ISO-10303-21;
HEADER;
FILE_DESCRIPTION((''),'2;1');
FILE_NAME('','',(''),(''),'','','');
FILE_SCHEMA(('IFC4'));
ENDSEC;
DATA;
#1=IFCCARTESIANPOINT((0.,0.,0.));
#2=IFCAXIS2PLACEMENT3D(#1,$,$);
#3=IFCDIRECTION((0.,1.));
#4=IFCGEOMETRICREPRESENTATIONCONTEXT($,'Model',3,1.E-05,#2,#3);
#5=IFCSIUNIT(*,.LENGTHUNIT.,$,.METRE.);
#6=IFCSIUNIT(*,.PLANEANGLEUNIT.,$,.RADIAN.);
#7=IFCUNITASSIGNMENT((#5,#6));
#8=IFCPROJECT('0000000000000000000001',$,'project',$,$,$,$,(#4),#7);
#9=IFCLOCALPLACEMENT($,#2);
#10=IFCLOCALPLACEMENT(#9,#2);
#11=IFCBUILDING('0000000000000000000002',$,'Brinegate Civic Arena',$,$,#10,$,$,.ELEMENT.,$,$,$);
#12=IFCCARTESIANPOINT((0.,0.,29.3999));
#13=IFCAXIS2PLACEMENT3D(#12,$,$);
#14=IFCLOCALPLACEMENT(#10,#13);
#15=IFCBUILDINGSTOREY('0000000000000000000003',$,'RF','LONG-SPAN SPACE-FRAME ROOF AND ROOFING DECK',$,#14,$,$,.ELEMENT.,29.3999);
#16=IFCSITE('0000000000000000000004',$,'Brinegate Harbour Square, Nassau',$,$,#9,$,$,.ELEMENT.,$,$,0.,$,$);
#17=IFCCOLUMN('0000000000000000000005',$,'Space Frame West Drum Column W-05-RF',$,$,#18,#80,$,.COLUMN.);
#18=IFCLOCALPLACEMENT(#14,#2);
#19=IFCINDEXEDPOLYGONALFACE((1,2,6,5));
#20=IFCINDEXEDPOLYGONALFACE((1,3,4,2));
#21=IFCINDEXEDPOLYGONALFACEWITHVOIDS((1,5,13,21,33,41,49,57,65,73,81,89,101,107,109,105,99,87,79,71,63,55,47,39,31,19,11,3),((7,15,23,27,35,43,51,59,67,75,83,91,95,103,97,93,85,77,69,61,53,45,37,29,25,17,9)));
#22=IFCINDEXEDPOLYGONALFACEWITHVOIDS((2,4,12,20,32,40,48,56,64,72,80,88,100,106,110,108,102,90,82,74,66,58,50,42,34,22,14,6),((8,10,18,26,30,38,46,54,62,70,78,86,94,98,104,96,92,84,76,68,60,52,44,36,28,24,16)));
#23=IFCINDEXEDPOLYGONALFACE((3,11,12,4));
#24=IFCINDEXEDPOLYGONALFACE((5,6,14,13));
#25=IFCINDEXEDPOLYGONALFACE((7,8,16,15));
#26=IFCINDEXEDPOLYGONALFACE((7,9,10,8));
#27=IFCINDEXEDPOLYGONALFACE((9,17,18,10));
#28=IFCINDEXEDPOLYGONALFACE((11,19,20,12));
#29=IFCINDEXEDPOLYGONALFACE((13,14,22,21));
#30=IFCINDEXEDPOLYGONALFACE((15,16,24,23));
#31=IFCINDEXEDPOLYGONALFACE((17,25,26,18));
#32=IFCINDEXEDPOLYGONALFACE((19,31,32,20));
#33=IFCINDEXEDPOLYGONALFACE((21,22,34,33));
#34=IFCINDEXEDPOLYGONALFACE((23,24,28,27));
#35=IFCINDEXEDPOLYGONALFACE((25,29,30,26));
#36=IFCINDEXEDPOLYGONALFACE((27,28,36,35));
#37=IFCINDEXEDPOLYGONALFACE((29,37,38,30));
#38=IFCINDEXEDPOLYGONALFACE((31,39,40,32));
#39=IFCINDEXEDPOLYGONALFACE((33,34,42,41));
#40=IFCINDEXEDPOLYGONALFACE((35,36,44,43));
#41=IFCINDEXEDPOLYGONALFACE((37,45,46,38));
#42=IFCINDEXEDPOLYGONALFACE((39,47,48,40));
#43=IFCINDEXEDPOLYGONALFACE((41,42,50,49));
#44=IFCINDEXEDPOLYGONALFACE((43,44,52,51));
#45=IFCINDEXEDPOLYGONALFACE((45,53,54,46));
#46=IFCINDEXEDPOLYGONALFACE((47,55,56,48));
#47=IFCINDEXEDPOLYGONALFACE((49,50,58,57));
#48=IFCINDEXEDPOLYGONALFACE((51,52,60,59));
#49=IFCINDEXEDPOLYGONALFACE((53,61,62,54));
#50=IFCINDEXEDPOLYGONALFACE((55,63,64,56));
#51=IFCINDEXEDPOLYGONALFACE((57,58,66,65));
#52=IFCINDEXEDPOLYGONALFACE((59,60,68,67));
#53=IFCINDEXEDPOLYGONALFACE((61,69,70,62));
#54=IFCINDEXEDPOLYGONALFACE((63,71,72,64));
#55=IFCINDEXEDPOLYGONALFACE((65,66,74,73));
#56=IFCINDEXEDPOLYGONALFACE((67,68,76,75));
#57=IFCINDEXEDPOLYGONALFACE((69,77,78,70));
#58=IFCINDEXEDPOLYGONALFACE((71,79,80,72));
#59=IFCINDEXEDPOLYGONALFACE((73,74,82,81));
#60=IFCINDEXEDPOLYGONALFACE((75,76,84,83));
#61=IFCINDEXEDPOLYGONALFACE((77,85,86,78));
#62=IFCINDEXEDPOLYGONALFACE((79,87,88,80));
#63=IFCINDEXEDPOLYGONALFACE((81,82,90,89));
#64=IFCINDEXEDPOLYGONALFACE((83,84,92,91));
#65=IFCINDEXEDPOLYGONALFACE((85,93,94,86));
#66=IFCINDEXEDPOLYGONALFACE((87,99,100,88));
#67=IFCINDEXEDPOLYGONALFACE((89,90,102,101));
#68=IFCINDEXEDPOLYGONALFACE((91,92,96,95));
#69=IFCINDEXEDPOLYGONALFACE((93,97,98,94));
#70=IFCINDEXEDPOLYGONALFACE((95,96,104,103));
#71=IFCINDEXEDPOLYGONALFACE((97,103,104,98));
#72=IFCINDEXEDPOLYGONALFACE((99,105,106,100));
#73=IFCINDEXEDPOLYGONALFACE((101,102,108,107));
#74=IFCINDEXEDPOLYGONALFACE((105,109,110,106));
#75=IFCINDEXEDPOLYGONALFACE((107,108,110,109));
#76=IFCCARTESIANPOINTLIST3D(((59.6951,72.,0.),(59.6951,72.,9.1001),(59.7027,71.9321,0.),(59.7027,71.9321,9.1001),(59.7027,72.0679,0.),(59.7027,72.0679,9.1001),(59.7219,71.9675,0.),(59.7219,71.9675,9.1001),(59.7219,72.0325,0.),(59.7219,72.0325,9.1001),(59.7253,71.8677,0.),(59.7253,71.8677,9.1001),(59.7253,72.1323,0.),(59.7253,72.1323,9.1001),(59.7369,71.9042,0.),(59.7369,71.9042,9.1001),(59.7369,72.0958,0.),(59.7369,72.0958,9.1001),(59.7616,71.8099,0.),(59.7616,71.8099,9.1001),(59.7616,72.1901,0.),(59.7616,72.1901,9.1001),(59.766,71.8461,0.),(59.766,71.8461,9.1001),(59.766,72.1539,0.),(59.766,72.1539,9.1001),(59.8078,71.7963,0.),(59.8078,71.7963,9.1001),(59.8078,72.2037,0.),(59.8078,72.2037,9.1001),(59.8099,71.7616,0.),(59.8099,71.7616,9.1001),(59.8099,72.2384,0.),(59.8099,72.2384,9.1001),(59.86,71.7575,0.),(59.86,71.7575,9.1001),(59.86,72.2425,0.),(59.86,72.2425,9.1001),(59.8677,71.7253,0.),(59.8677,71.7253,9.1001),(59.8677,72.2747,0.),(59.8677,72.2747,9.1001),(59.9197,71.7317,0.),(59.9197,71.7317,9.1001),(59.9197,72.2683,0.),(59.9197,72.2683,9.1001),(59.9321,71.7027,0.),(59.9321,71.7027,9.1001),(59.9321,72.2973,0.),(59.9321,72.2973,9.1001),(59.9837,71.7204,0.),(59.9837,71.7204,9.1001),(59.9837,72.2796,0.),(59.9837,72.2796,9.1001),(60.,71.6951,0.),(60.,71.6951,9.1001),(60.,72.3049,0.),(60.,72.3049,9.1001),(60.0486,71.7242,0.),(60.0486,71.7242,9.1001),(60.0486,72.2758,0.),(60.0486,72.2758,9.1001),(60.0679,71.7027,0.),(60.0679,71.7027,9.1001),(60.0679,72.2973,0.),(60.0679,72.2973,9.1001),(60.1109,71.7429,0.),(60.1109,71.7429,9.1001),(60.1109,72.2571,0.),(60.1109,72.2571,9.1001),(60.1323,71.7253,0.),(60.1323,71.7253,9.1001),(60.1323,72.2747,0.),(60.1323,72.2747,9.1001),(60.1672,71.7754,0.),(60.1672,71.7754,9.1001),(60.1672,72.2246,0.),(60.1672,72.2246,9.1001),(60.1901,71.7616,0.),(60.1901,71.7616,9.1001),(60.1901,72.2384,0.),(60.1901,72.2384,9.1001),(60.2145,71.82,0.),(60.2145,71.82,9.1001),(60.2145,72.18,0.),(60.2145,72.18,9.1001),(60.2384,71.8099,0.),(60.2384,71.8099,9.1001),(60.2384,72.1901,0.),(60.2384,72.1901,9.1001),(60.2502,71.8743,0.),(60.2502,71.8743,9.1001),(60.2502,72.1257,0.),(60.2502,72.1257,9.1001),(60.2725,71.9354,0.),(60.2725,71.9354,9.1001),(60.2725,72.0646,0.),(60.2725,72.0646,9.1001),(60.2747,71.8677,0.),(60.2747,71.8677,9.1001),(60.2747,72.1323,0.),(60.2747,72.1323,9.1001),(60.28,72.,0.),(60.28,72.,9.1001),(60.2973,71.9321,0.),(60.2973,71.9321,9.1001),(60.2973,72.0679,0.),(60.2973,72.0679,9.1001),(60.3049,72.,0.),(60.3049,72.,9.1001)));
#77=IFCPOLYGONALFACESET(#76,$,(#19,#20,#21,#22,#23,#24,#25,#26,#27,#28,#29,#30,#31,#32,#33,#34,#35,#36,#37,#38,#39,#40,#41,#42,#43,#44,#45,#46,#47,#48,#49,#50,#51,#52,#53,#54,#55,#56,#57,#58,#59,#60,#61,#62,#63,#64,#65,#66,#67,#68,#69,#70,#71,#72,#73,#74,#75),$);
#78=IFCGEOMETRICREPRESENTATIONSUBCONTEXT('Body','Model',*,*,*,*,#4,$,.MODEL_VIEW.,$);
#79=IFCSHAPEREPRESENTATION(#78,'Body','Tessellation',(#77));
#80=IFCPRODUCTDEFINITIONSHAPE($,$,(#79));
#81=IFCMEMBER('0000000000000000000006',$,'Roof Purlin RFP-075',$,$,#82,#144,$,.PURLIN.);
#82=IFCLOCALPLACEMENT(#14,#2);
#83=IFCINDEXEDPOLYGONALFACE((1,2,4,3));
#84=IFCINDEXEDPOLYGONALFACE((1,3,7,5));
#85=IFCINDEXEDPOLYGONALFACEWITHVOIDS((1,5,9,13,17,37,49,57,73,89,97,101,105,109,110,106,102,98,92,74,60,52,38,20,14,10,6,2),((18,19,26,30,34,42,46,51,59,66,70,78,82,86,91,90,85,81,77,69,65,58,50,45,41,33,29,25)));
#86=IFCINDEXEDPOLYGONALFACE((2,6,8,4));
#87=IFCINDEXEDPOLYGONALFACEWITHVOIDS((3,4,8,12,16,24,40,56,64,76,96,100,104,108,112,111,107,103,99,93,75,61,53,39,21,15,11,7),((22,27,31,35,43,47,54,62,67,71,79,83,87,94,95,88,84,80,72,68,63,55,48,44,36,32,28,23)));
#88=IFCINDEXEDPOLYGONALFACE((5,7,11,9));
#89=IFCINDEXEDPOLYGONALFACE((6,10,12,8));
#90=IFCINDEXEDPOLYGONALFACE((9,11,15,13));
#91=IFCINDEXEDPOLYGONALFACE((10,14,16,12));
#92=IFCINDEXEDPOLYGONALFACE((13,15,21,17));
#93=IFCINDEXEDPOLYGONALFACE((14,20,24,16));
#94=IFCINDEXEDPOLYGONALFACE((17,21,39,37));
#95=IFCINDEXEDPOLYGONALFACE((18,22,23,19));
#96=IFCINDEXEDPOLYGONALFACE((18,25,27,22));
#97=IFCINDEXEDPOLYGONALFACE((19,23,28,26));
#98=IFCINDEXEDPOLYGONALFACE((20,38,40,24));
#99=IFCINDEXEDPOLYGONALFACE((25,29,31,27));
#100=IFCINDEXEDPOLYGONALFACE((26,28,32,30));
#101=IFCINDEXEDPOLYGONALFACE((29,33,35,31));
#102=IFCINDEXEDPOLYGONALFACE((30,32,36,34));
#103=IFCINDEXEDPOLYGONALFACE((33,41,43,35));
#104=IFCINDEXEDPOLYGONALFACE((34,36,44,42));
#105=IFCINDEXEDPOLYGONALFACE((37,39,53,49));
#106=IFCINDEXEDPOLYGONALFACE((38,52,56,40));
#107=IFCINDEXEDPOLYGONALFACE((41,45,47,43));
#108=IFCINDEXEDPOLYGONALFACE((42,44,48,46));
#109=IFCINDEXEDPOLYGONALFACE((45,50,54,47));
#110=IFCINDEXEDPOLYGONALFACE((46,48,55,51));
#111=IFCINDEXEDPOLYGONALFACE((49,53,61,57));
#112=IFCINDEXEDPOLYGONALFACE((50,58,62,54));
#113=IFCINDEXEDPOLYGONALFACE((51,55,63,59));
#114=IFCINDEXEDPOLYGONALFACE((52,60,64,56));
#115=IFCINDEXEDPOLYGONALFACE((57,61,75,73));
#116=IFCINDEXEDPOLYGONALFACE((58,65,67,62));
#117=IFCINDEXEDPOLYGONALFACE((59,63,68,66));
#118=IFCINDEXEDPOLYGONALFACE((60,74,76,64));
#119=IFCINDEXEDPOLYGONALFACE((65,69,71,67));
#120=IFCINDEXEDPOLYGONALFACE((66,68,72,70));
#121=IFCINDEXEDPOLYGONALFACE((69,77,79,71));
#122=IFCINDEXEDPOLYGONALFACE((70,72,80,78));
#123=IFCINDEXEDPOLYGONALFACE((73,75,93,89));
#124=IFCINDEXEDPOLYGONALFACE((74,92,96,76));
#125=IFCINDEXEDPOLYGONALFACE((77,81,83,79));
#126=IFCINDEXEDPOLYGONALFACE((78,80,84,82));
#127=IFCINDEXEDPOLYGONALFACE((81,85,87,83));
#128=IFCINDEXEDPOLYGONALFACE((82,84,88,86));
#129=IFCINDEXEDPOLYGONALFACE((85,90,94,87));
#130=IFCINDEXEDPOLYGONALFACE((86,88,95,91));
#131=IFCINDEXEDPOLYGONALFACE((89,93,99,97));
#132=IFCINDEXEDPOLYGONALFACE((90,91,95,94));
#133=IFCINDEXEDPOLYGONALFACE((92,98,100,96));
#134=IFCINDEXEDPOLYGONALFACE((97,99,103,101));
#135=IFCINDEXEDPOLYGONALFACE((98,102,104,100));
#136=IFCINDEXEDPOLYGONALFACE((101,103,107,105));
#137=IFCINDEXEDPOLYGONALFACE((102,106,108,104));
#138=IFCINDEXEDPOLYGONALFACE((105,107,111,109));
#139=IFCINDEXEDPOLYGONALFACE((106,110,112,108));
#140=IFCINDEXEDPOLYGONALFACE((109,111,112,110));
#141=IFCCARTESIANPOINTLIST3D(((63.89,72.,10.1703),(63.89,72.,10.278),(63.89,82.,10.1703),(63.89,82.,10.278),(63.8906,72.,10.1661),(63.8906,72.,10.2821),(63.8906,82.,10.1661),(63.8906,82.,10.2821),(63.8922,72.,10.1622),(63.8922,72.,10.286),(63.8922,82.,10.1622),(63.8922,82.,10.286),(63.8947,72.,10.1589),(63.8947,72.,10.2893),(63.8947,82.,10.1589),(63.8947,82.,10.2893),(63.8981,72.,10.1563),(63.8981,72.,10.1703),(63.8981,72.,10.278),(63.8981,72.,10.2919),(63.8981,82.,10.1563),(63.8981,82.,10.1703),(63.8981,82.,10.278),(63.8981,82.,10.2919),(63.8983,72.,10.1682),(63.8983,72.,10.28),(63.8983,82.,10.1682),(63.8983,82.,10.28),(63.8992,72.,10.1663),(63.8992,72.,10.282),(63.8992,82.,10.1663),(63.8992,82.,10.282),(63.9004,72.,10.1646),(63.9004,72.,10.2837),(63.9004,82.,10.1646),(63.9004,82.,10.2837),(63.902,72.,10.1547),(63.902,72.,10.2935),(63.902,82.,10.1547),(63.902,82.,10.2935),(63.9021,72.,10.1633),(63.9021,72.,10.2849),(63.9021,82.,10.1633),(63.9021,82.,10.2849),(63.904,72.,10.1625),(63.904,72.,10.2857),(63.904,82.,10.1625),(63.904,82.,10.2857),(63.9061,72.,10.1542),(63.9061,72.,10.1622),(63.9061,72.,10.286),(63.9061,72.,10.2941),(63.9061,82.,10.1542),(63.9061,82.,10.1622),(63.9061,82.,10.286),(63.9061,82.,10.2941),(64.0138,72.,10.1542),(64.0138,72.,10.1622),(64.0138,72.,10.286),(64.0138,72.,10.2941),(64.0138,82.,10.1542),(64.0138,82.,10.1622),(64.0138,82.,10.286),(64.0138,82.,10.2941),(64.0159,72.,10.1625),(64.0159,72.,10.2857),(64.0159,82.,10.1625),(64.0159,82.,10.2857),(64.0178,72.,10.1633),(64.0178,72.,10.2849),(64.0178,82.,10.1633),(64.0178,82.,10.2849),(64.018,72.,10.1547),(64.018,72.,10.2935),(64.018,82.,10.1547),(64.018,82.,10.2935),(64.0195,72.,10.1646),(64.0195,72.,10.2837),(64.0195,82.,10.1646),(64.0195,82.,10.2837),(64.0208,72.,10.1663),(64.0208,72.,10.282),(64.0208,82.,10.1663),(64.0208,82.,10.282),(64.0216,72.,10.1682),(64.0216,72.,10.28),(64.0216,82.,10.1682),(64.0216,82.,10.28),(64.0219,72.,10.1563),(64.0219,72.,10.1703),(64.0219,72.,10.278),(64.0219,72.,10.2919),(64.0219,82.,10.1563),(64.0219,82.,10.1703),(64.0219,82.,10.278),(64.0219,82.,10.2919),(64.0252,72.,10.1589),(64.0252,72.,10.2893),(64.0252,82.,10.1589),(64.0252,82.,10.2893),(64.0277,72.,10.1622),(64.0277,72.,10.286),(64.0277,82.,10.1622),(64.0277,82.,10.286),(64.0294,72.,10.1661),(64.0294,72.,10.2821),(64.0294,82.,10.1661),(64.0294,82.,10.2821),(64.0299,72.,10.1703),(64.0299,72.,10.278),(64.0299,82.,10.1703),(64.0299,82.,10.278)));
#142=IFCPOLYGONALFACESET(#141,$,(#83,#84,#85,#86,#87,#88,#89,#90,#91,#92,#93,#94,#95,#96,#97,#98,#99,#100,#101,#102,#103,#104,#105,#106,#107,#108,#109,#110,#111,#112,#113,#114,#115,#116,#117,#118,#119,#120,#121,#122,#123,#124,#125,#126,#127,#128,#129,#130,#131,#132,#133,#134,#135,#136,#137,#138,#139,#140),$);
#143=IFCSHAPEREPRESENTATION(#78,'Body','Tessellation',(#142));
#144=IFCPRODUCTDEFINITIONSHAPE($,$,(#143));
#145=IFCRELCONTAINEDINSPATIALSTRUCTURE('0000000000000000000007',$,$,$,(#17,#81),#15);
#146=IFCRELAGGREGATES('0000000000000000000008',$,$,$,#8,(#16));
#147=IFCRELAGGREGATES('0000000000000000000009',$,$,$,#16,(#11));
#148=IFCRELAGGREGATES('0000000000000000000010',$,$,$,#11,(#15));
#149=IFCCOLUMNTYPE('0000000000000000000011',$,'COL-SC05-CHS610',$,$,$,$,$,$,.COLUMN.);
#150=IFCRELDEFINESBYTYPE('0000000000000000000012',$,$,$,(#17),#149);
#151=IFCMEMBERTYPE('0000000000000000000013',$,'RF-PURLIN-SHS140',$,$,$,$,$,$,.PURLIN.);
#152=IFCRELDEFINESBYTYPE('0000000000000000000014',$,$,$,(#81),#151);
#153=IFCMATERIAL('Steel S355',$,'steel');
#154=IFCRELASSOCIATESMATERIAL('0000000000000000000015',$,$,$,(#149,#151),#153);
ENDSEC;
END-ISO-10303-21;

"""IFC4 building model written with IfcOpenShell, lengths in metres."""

from ifc_helpers import new_model, si_unit, direction, frame, origin, origin_2d, place, context, subcontext, project, spatial, hollow_rectangle, hollow_circle, extrude, material, material_profile, profile_set, type_object, element, save


model = new_model("IFC4")

# Units and contexts
model_context = context("Model", 3, precision=1e-05, world=origin(), true_north=direction((0.0, 1.0)))
body_context = subcontext(model_context, "Body", "Model", "MODEL_VIEW")
ifc_project = project(units=[si_unit("LENGTHUNIT", "METRE"), si_unit("PLANEANGLEUNIT", "RADIAN")], contexts=[model_context])

# Site, building, storey
site_placement = place(None, origin())
site = spatial("IfcSite", under=ifc_project, at=site_placement, Name="Brinegate Harbour Square, Nassau", CompositionType="ELEMENT", RefElevation=0.0)
building_placement = place(site_placement, origin())
building = spatial("IfcBuilding", under=site, at=building_placement, Name="Brinegate Civic Arena", CompositionType="ELEMENT")
storey_placement = place(building_placement, frame((0.0, 0.0, 29.3999)))
storey = spatial("IfcBuildingStorey", under=building, at=storey_placement, Name="RF", Description="LONG-SPAN SPACE-FRAME ROOF AND ROOFING DECK", CompositionType="ELEMENT", Elevation=29.3999)

# Column
ifc_material_1 = material(Name="Steel S355", Category="steel")
ifc_material_profile_1 = material_profile(ifc_material_1, hollow_circle(Radius=0.3049, WallThickness=0.0249, at=origin_2d()), Name="CHS610X25")
ifc_profile_set_1 = profile_set([ifc_material_profile_1], Name="Steel S355")
column_type = type_object("IfcColumnType", Name="COL-SC05-CHS610", PredefinedType="COLUMN", material=ifc_profile_set_1)
column_placement = place(storey_placement, frame((60.0, 72.0, 0.0), z_axis=(0.0, 0.0, 1.0), x_axis=(1.0, 0.0, 0.0)))
element("IfcColumn", 1, at=column_placement, inside=storey, type_object=column_type, Name="Space Frame West Drum Column W-05-RF", PredefinedType="COLUMN", context=body_context, shape_type="SweptSolid", body=[
    extrude(hollow_circle(Radius=0.3049, WallThickness=0.0249, at=origin_2d()), origin(), (0.0, 0.0, 1.0), 9.1001),
])

# Member
ifc_material_profile_2 = material_profile(ifc_material_1, hollow_rectangle(XDim=0.1399, YDim=0.1399, WallThickness=0.0081, InnerFilletRadius=0.0081, OuterFilletRadius=0.0161, at=origin_2d()), Name="SHS140X8")
ifc_profile_set_2 = profile_set([ifc_material_profile_2], Name="Steel S355")
member_type_1 = type_object("IfcMemberType", Name="RF-PURLIN-SHS140", PredefinedType="PURLIN", material=ifc_profile_set_2)
for number, where, z_axis, x_axis, name in (
    (2, (63.96, 72.0, 10.2241), (0.0, 1.0, 0.0), (-1.0, 0.0, 0.0), "Roof Purlin RFP-075"),
):
    element("IfcMember", number, at=place(storey_placement, frame(where, z_axis=z_axis, x_axis=x_axis)), inside=storey, type_object=member_type_1, Name=name, PredefinedType="PURLIN", context=body_context, shape_type="SweptSolid", body=[
        extrude(hollow_rectangle(XDim=0.1399, YDim=0.1399, WallThickness=0.0081, InnerFilletRadius=0.0081, OuterFilletRadius=0.0161, at=origin_2d()), origin(), (0.0, 0.0, 1.0), 10.0),
    ])

save(model, "model.ifc")
